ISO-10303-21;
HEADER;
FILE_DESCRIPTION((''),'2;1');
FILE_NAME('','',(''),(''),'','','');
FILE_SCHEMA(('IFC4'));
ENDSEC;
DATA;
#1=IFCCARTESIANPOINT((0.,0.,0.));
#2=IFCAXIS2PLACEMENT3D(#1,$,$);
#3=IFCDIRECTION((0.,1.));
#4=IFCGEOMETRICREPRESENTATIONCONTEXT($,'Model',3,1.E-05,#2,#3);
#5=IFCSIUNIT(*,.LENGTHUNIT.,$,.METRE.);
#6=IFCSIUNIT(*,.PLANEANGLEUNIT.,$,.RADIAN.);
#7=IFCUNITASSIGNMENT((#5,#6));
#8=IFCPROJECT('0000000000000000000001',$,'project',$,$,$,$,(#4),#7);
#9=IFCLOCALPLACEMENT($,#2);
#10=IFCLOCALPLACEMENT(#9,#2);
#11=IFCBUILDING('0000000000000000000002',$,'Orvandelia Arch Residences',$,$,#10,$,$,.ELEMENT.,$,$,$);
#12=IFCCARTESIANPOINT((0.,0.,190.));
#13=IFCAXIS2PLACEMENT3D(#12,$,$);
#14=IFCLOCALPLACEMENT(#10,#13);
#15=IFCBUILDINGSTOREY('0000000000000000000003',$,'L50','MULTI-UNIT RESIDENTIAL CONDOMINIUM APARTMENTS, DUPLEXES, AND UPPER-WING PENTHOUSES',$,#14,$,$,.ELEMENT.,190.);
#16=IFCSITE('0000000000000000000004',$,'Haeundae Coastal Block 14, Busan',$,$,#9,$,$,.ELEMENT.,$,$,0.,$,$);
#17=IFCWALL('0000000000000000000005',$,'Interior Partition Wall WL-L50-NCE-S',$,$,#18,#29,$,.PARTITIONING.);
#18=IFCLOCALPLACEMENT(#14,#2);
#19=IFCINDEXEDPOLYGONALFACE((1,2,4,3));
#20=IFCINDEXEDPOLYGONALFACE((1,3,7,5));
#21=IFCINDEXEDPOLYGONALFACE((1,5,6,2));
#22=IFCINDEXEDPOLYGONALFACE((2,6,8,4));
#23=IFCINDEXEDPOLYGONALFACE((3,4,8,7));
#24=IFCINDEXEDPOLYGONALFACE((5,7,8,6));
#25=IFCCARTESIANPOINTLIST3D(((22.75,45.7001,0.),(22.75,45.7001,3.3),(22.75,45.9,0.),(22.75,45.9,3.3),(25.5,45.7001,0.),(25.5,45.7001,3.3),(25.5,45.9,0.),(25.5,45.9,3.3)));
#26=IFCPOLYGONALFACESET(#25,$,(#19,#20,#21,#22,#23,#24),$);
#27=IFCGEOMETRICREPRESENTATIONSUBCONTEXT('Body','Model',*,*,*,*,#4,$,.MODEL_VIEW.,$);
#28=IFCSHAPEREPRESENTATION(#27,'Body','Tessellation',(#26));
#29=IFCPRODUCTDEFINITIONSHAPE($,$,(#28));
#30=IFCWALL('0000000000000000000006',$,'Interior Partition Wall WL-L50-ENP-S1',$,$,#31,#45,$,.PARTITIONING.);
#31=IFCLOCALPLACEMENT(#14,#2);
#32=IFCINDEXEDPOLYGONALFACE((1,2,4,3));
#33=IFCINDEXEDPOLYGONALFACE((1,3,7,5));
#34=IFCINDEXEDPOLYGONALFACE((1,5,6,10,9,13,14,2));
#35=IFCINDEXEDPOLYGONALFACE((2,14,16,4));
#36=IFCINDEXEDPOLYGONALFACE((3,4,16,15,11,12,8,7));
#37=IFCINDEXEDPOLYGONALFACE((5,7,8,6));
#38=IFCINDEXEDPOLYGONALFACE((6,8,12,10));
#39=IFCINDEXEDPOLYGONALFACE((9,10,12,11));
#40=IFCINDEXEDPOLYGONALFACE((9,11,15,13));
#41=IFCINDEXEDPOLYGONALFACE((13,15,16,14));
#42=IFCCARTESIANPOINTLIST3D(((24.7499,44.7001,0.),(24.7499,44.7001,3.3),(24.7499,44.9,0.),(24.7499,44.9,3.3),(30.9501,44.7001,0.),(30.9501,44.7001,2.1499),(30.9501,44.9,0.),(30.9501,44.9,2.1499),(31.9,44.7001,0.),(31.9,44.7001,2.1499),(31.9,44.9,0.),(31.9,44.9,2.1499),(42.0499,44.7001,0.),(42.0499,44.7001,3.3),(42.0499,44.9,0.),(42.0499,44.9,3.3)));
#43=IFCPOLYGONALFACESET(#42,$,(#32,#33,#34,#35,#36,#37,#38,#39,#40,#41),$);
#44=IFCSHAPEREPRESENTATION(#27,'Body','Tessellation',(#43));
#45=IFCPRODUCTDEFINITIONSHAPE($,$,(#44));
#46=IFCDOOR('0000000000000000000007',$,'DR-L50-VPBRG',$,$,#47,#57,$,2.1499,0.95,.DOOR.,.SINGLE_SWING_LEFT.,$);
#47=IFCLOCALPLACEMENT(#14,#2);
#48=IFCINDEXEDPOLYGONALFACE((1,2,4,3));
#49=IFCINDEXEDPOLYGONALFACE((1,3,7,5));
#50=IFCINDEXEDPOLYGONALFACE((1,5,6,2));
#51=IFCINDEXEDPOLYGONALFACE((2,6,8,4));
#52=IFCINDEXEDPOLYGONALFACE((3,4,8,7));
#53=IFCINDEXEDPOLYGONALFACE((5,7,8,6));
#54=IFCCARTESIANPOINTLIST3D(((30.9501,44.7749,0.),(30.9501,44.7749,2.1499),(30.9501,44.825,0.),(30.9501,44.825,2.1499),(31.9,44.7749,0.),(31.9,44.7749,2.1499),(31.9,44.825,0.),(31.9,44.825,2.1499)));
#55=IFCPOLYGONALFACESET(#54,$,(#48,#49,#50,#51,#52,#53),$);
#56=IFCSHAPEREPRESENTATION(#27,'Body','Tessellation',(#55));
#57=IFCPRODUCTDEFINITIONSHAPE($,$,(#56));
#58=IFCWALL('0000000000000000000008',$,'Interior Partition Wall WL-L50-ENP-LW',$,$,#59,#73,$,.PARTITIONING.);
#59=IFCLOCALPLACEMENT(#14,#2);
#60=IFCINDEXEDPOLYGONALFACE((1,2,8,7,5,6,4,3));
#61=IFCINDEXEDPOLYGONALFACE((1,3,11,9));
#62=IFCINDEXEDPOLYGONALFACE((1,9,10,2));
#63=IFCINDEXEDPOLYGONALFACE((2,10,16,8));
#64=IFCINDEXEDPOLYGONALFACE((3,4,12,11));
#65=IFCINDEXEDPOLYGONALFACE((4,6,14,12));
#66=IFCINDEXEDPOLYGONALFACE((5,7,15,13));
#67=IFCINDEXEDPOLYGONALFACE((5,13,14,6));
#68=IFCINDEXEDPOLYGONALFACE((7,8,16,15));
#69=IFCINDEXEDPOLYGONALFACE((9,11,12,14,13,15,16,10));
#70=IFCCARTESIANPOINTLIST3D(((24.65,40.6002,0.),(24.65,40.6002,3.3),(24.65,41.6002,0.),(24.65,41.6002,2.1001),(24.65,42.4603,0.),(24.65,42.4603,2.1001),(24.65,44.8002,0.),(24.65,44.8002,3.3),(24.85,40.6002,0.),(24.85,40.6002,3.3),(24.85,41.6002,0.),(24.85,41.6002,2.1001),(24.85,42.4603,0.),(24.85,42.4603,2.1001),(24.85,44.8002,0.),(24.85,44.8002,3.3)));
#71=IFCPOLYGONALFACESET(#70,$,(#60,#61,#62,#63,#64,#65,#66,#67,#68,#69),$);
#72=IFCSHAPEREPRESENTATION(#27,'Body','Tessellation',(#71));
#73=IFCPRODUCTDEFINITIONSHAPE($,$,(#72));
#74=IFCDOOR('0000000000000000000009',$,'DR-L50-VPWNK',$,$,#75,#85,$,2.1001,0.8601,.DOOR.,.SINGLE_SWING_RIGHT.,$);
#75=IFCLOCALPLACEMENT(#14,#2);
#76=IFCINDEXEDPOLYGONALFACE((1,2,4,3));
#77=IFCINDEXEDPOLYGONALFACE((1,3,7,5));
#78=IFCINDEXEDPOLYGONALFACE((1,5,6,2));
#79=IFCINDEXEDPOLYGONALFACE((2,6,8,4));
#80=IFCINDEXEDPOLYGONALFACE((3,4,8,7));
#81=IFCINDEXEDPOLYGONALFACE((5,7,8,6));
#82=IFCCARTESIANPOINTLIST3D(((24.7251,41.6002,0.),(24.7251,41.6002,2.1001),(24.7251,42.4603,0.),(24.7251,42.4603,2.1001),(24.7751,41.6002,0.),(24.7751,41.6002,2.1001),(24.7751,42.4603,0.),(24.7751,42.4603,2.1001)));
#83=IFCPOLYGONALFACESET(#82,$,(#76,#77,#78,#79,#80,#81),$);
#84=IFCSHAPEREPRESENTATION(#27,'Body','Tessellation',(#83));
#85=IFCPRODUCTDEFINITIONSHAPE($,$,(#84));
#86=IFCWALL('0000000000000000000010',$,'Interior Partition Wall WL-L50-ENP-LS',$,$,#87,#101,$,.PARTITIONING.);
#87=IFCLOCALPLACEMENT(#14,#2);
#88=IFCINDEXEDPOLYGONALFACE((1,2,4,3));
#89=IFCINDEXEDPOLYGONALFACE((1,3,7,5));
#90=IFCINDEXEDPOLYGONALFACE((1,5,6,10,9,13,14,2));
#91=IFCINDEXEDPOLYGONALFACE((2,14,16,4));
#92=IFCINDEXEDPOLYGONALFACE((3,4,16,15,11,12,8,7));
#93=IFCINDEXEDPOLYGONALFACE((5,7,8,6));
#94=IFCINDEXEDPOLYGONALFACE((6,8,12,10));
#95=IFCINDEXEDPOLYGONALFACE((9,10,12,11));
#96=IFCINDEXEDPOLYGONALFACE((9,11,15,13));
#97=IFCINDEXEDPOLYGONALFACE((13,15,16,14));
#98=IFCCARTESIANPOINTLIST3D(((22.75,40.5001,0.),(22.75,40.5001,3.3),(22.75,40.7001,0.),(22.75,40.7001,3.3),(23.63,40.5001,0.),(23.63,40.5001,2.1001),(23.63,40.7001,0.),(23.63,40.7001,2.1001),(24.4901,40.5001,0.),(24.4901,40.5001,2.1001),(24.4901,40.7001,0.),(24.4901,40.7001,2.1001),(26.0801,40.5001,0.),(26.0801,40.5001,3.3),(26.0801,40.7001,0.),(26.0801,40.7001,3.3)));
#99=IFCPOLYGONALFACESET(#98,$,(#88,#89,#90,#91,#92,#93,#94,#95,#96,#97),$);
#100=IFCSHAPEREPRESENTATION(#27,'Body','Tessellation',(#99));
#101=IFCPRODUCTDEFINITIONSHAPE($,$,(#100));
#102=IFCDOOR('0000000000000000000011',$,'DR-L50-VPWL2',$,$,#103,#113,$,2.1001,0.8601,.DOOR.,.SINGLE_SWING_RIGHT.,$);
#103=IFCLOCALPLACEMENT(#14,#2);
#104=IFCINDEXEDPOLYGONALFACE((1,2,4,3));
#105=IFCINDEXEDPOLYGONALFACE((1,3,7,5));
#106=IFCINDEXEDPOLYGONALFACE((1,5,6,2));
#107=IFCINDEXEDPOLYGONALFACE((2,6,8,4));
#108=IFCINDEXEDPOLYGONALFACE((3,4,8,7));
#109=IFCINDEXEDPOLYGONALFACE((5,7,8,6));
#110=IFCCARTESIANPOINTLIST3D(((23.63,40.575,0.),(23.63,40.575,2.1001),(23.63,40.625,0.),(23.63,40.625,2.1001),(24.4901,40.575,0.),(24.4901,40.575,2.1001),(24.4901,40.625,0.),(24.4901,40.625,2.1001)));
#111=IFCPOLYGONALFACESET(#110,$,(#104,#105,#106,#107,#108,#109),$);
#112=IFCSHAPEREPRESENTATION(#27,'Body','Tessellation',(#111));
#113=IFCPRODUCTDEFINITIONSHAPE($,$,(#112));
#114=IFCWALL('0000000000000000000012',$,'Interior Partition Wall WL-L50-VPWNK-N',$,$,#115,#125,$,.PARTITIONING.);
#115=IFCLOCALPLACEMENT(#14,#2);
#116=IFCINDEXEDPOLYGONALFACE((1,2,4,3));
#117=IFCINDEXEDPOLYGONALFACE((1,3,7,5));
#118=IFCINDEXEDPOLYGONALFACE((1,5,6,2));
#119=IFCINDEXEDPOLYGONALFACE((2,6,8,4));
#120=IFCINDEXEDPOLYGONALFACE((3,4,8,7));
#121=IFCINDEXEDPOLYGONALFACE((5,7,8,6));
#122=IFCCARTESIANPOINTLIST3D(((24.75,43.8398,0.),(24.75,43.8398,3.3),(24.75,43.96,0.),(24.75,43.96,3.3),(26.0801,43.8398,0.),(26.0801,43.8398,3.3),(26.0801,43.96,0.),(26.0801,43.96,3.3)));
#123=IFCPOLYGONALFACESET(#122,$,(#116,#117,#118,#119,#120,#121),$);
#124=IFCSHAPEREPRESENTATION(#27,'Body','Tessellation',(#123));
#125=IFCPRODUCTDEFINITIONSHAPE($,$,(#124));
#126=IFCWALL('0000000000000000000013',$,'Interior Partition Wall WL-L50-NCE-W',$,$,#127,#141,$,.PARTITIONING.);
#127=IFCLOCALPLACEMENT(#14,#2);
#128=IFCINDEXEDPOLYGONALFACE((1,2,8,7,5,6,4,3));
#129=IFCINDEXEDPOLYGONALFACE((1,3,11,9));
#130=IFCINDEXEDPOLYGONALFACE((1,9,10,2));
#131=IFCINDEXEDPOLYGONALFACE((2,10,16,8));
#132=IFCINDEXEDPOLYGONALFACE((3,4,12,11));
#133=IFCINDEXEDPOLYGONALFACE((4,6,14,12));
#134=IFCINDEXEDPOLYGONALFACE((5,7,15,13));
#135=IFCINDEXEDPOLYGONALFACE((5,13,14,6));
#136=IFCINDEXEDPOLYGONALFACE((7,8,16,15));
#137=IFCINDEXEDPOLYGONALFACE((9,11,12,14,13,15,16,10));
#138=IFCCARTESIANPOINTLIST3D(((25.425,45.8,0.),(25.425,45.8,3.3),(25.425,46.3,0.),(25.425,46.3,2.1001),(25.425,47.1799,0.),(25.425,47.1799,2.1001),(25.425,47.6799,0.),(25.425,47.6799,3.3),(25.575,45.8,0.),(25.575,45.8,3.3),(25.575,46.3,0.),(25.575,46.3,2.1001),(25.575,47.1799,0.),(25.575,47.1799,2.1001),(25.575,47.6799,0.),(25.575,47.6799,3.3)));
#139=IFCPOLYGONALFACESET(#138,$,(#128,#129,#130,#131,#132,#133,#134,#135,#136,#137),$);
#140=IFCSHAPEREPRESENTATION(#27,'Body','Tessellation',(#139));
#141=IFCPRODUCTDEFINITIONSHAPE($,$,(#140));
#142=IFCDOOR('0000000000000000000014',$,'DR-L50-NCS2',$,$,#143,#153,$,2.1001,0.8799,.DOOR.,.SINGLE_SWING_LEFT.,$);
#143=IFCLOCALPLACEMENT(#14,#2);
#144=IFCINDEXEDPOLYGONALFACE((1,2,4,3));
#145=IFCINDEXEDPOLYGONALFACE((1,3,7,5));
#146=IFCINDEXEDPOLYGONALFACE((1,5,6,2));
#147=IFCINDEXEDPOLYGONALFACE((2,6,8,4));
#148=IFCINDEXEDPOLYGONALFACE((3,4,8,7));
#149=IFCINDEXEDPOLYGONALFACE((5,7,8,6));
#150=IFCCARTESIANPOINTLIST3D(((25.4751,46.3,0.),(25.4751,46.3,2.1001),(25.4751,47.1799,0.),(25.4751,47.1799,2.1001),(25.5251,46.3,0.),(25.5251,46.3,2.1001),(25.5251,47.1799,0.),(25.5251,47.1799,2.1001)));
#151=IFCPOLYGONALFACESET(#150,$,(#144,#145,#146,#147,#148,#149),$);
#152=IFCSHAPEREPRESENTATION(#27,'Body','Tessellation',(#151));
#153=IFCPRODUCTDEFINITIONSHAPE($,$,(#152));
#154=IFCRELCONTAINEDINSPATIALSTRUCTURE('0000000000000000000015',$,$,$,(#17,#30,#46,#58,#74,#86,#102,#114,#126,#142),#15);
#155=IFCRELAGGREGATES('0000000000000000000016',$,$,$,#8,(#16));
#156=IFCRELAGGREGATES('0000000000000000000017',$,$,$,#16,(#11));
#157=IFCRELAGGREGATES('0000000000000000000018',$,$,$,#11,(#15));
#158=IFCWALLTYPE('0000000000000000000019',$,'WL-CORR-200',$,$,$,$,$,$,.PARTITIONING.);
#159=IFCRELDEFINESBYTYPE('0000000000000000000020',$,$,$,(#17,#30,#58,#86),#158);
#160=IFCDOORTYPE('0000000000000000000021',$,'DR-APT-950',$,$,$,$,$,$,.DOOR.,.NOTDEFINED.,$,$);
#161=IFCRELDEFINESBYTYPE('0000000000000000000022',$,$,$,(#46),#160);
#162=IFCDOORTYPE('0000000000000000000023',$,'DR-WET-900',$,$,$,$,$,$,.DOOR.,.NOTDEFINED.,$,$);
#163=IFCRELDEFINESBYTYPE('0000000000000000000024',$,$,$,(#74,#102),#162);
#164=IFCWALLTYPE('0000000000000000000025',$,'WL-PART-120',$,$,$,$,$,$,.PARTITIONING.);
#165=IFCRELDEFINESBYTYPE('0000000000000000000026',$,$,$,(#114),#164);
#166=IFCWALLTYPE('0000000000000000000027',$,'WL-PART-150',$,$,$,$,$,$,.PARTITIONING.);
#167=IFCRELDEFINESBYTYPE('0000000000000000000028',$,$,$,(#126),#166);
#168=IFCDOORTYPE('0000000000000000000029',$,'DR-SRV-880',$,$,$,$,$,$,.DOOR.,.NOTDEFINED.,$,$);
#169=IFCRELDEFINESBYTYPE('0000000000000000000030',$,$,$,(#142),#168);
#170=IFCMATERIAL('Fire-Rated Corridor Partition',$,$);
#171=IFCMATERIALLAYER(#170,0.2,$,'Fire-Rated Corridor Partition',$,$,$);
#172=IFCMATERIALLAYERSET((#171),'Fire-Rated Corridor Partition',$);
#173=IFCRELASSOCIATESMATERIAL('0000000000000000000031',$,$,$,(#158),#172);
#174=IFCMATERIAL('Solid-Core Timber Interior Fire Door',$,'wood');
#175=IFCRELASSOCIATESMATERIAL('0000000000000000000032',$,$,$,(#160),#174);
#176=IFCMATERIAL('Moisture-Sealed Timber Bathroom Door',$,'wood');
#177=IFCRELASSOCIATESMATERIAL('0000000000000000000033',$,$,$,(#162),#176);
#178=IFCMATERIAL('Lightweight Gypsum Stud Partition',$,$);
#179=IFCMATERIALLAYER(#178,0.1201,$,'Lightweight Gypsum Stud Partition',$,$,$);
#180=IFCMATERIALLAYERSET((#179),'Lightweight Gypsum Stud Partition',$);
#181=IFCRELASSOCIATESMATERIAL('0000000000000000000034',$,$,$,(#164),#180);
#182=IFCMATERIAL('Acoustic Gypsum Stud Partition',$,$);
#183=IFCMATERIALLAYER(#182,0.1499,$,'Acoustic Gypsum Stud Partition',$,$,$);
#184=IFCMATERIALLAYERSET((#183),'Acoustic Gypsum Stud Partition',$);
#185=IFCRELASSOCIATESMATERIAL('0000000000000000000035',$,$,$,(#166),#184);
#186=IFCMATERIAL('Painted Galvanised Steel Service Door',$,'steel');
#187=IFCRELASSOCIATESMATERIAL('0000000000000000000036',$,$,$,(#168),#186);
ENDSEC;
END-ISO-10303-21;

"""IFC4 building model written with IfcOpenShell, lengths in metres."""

from ifc_helpers import new_model, si_unit, direction, frame, frame_2d, origin, place, context, subcontext, project, spatial, rectangle, extrude, material, layer, layer_set, type_object, element, fill, save


model = new_model("IFC4")

# Units and contexts
model_context = context("Model", 3, precision=1e-05, world=origin(), true_north=direction((0.0, 1.0)))
body_context = subcontext(model_context, "Body", "Model", "MODEL_VIEW")
ifc_project = project(units=[si_unit("LENGTHUNIT", "METRE"), si_unit("PLANEANGLEUNIT", "RADIAN")], contexts=[model_context])

# Site, building, storey
site_placement = place(None, origin())
site = spatial("IfcSite", under=ifc_project, at=site_placement, Name="Haeundae Coastal Block 14, Busan", CompositionType="ELEMENT", RefElevation=0.0)
building_placement = place(site_placement, origin())
building = spatial("IfcBuilding", under=site, at=building_placement, Name="Orvandelia Arch Residences", CompositionType="ELEMENT")
storey_placement = place(building_placement, frame((0.0, 0.0, 190.0)))
storey = spatial("IfcBuildingStorey", under=building, at=storey_placement, Name="L50", Description="MULTI-UNIT RESIDENTIAL CONDOMINIUM APARTMENTS, DUPLEXES, AND UPPER-WING PENTHOUSES", CompositionType="ELEMENT", Elevation=190.0)

# Wall
ifc_material_1 = material(Name="Fire-Rated Corridor Partition")
ifc_layer_1 = layer(ifc_material_1, 0.2, Name="Fire-Rated Corridor Partition")
ifc_layer_set_1 = layer_set([ifc_layer_1], Name="Fire-Rated Corridor Partition")
wall_type_1 = type_object("IfcWallType", Name="WL-CORR-200", PredefinedType="PARTITIONING", material=ifc_layer_set_1)
wall_1_placement = place(storey_placement, frame((22.75, 45.8, 0.0), z_axis=(0.0, 0.0, 1.0), x_axis=(1.0, 0.0, 0.0)))
element("IfcWall", 1, at=wall_1_placement, inside=storey, type_object=wall_type_1, Name="Interior Partition Wall WL-L50-NCE-S", PredefinedType="PARTITIONING", context=body_context, shape_type="SweptSolid", body=[
    extrude(rectangle(XDim=2.75, YDim=0.2, at=frame_2d((1.375, 0.0))), origin(), (0.0, 0.0, 1.0), 3.3),
])

# Walls, openings, doors
wall_2_placement = place(storey_placement, frame((24.75, 44.8, 0.0), z_axis=(0.0, 0.0, 1.0), x_axis=(1.0, 0.0, 0.0)))
wall_2 = element("IfcWall", 2, at=wall_2_placement, inside=storey, type_object=wall_type_1, Name="Interior Partition Wall WL-L50-ENP-S1", PredefinedType="PARTITIONING", context=body_context, shape_type="SweptSolid", body=[
    extrude(rectangle(XDim=17.3, YDim=0.2, at=frame_2d((8.6499, 0.0))), origin(), (0.0, 0.0, 1.0), 3.3),
])
opening_1_placement = place(wall_2_placement, frame((6.2, 0.0, 0.0)))
opening_1 = element("IfcOpeningElement", 3, at=opening_1_placement, cuts=wall_2, PredefinedType="OPENING", context=body_context, shape_type="SweptSolid", body=[
    extrude(rectangle(XDim=0.95, YDim=2.1499, at=frame_2d((0.4751, 1.075))), frame((0.0, 0.1099, 0.0), z_axis=(0.0, -1.0, 0.0), x_axis=(1.0, 0.0, 0.0)), (0.0, 0.0, 1.0), 0.22),
])
ifc_material_2 = material(Name="Solid-Core Timber Interior Fire Door", Category="wood")
door_type_1 = type_object("IfcDoorType", Name="DR-APT-950", OperationType="NOTDEFINED", PredefinedType="DOOR", material=ifc_material_2)
door_1_placement = place(opening_1_placement, origin())
door_1 = element("IfcDoor", 4, at=door_1_placement, inside=storey, type_object=door_type_1, Name="DR-L50-VPBRG", OperationType="SINGLE_SWING_LEFT", OverallHeight=2.1499, OverallWidth=0.95, PredefinedType="DOOR", context=body_context, shape_type="SweptSolid", body=[
    extrude(rectangle(XDim=0.95, YDim=2.1499, at=frame_2d((0.4751, 1.075))), frame((0.0, 0.0249, 0.0), z_axis=(0.0, -1.0, 0.0), x_axis=(1.0, 0.0, 0.0)), (0.0, 0.0, 1.0), 0.05),
])
fill(opening_1, door_1)
wall_3_placement = place(storey_placement, frame((24.75, 40.6001, 0.0), z_axis=(0.0, 0.0, 1.0), x_axis=(0.0, 1.0, 0.0)))
wall_3 = element("IfcWall", 5, at=wall_3_placement, inside=storey, type_object=wall_type_1, Name="Interior Partition Wall WL-L50-ENP-LW", PredefinedType="PARTITIONING", context=body_context, shape_type="SweptSolid", body=[
    extrude(rectangle(XDim=4.2, YDim=0.2, at=frame_2d((2.1001, 0.0))), origin(), (0.0, 0.0, 1.0), 3.3),
])
opening_2_placement = place(wall_3_placement, frame((1.0, 0.0, 0.0)))
opening_2 = element("IfcOpeningElement", 6, at=opening_2_placement, cuts=wall_3, PredefinedType="OPENING", context=body_context, shape_type="SweptSolid", body=[
    extrude(rectangle(XDim=0.8601, YDim=2.1001, at=frame_2d((0.4302, 1.05))), frame((0.0, 0.1099, 0.0), z_axis=(0.0, -1.0, 0.0), x_axis=(1.0, 0.0, 0.0)), (0.0, 0.0, 1.0), 0.22),
])
ifc_material_3 = material(Name="Moisture-Sealed Timber Bathroom Door", Category="wood")
door_type_2 = type_object("IfcDoorType", Name="DR-WET-900", OperationType="NOTDEFINED", PredefinedType="DOOR", material=ifc_material_3)
door_2_placement = place(opening_2_placement, origin())
door_2 = element("IfcDoor", 7, at=door_2_placement, inside=storey, type_object=door_type_2, Name="DR-L50-VPWNK", OperationType="SINGLE_SWING_RIGHT", OverallHeight=2.1001, OverallWidth=0.8601, PredefinedType="DOOR", context=body_context, shape_type="SweptSolid", body=[
    extrude(rectangle(XDim=0.8601, YDim=2.1001, at=frame_2d((0.4302, 1.05))), frame((0.0, 0.0249, 0.0), z_axis=(0.0, -1.0, 0.0), x_axis=(1.0, 0.0, 0.0)), (0.0, 0.0, 1.0), 0.05),
])
fill(opening_2, door_2)
wall_4_placement = place(storey_placement, frame((22.75, 40.6001, 0.0), z_axis=(0.0, 0.0, 1.0), x_axis=(1.0, 0.0, 0.0)))
wall_4 = element("IfcWall", 8, at=wall_4_placement, inside=storey, type_object=wall_type_1, Name="Interior Partition Wall WL-L50-ENP-LS", PredefinedType="PARTITIONING", context=body_context, shape_type="SweptSolid", body=[
    extrude(rectangle(XDim=3.3301, YDim=0.2, at=frame_2d((1.665, 0.0))), origin(), (0.0, 0.0, 1.0), 3.3),
])
opening_3_placement = place(wall_4_placement, frame((0.8799, 0.0, 0.0)))
opening_3 = element("IfcOpeningElement", 9, at=opening_3_placement, cuts=wall_4, PredefinedType="OPENING", context=body_context, shape_type="SweptSolid", body=[
    extrude(rectangle(XDim=0.8601, YDim=2.1001, at=frame_2d((0.4302, 1.05))), frame((0.0, 0.1099, 0.0), z_axis=(0.0, -1.0, 0.0), x_axis=(1.0, 0.0, 0.0)), (0.0, 0.0, 1.0), 0.22),
])
door_3_placement = place(opening_3_placement, origin())
door_3 = element("IfcDoor", 10, at=door_3_placement, inside=storey, type_object=door_type_2, Name="DR-L50-VPWL2", OperationType="SINGLE_SWING_RIGHT", OverallHeight=2.1001, OverallWidth=0.8601, PredefinedType="DOOR", context=body_context, shape_type="SweptSolid", body=[
    extrude(rectangle(XDim=0.8601, YDim=2.1001, at=frame_2d((0.4302, 1.05))), frame((0.0, 0.0249, 0.0), z_axis=(0.0, -1.0, 0.0), x_axis=(1.0, 0.0, 0.0)), (0.0, 0.0, 1.0), 0.05),
])
fill(opening_3, door_3)

# Wall
ifc_material_4 = material(Name="Lightweight Gypsum Stud Partition")
ifc_layer_2 = layer(ifc_material_4, 0.1201, Name="Lightweight Gypsum Stud Partition")
ifc_layer_set_2 = layer_set([ifc_layer_2], Name="Lightweight Gypsum Stud Partition")
wall_type_2 = type_object("IfcWallType", Name="WL-PART-120", PredefinedType="PARTITIONING", material=ifc_layer_set_2)
wall_5_placement = place(storey_placement, frame((24.75, 43.8999, 0.0), z_axis=(0.0, 0.0, 1.0), x_axis=(1.0, 0.0, 0.0)))
element("IfcWall", 11, at=wall_5_placement, inside=storey, type_object=wall_type_2, Name="Interior Partition Wall WL-L50-VPWNK-N", PredefinedType="PARTITIONING", context=body_context, shape_type="SweptSolid", body=[
    extrude(rectangle(XDim=1.3301, YDim=0.1201, at=frame_2d((0.665, 0.0))), origin(), (0.0, 0.0, 1.0), 3.3),
])

# Wall, opening, door
ifc_material_5 = material(Name="Acoustic Gypsum Stud Partition")
ifc_layer_3 = layer(ifc_material_5, 0.1499, Name="Acoustic Gypsum Stud Partition")
ifc_layer_set_3 = layer_set([ifc_layer_3], Name="Acoustic Gypsum Stud Partition")
wall_type_3 = type_object("IfcWallType", Name="WL-PART-150", PredefinedType="PARTITIONING", material=ifc_layer_set_3)
wall_6_placement = place(storey_placement, frame((25.5, 45.8, 0.0), z_axis=(0.0, 0.0, 1.0), x_axis=(0.0, 1.0, 0.0)))
wall_6 = element("IfcWall", 12, at=wall_6_placement, inside=storey, type_object=wall_type_3, Name="Interior Partition Wall WL-L50-NCE-W", PredefinedType="PARTITIONING", context=body_context, shape_type="SweptSolid", body=[
    extrude(rectangle(XDim=1.8799, YDim=0.1499, at=frame_2d((0.9399, 0.0))), origin(), (0.0, 0.0, 1.0), 3.3),
])
opening_4_placement = place(wall_6_placement, frame((0.5, 0.0, 0.0)))
opening_4 = element("IfcOpeningElement", 13, at=opening_4_placement, cuts=wall_6, PredefinedType="OPENING", context=body_context, shape_type="SweptSolid", body=[
    extrude(rectangle(XDim=0.8799, YDim=2.1001, at=frame_2d((0.4399, 1.05))), frame((0.0, 0.085, 0.0), z_axis=(0.0, -1.0, 0.0), x_axis=(1.0, 0.0, 0.0)), (0.0, 0.0, 1.0), 0.1699),
])
ifc_material_6 = material(Name="Painted Galvanised Steel Service Door", Category="steel")
door_type_3 = type_object("IfcDoorType", Name="DR-SRV-880", OperationType="NOTDEFINED", PredefinedType="DOOR", material=ifc_material_6)
door_4_placement = place(opening_4_placement, origin())
door_4 = element("IfcDoor", 14, at=door_4_placement, inside=storey, type_object=door_type_3, Name="DR-L50-NCS2", OperationType="SINGLE_SWING_LEFT", OverallHeight=2.1001, OverallWidth=0.8799, PredefinedType="DOOR", context=body_context, shape_type="SweptSolid", body=[
    extrude(rectangle(XDim=0.8799, YDim=2.1001, at=frame_2d((0.4399, 1.05))), frame((0.0, 0.0249, 0.0), z_axis=(0.0, -1.0, 0.0), x_axis=(1.0, 0.0, 0.0)), (0.0, 0.0, 1.0), 0.05),
])
fill(opening_4, door_4)

save(model, "model.ifc")
